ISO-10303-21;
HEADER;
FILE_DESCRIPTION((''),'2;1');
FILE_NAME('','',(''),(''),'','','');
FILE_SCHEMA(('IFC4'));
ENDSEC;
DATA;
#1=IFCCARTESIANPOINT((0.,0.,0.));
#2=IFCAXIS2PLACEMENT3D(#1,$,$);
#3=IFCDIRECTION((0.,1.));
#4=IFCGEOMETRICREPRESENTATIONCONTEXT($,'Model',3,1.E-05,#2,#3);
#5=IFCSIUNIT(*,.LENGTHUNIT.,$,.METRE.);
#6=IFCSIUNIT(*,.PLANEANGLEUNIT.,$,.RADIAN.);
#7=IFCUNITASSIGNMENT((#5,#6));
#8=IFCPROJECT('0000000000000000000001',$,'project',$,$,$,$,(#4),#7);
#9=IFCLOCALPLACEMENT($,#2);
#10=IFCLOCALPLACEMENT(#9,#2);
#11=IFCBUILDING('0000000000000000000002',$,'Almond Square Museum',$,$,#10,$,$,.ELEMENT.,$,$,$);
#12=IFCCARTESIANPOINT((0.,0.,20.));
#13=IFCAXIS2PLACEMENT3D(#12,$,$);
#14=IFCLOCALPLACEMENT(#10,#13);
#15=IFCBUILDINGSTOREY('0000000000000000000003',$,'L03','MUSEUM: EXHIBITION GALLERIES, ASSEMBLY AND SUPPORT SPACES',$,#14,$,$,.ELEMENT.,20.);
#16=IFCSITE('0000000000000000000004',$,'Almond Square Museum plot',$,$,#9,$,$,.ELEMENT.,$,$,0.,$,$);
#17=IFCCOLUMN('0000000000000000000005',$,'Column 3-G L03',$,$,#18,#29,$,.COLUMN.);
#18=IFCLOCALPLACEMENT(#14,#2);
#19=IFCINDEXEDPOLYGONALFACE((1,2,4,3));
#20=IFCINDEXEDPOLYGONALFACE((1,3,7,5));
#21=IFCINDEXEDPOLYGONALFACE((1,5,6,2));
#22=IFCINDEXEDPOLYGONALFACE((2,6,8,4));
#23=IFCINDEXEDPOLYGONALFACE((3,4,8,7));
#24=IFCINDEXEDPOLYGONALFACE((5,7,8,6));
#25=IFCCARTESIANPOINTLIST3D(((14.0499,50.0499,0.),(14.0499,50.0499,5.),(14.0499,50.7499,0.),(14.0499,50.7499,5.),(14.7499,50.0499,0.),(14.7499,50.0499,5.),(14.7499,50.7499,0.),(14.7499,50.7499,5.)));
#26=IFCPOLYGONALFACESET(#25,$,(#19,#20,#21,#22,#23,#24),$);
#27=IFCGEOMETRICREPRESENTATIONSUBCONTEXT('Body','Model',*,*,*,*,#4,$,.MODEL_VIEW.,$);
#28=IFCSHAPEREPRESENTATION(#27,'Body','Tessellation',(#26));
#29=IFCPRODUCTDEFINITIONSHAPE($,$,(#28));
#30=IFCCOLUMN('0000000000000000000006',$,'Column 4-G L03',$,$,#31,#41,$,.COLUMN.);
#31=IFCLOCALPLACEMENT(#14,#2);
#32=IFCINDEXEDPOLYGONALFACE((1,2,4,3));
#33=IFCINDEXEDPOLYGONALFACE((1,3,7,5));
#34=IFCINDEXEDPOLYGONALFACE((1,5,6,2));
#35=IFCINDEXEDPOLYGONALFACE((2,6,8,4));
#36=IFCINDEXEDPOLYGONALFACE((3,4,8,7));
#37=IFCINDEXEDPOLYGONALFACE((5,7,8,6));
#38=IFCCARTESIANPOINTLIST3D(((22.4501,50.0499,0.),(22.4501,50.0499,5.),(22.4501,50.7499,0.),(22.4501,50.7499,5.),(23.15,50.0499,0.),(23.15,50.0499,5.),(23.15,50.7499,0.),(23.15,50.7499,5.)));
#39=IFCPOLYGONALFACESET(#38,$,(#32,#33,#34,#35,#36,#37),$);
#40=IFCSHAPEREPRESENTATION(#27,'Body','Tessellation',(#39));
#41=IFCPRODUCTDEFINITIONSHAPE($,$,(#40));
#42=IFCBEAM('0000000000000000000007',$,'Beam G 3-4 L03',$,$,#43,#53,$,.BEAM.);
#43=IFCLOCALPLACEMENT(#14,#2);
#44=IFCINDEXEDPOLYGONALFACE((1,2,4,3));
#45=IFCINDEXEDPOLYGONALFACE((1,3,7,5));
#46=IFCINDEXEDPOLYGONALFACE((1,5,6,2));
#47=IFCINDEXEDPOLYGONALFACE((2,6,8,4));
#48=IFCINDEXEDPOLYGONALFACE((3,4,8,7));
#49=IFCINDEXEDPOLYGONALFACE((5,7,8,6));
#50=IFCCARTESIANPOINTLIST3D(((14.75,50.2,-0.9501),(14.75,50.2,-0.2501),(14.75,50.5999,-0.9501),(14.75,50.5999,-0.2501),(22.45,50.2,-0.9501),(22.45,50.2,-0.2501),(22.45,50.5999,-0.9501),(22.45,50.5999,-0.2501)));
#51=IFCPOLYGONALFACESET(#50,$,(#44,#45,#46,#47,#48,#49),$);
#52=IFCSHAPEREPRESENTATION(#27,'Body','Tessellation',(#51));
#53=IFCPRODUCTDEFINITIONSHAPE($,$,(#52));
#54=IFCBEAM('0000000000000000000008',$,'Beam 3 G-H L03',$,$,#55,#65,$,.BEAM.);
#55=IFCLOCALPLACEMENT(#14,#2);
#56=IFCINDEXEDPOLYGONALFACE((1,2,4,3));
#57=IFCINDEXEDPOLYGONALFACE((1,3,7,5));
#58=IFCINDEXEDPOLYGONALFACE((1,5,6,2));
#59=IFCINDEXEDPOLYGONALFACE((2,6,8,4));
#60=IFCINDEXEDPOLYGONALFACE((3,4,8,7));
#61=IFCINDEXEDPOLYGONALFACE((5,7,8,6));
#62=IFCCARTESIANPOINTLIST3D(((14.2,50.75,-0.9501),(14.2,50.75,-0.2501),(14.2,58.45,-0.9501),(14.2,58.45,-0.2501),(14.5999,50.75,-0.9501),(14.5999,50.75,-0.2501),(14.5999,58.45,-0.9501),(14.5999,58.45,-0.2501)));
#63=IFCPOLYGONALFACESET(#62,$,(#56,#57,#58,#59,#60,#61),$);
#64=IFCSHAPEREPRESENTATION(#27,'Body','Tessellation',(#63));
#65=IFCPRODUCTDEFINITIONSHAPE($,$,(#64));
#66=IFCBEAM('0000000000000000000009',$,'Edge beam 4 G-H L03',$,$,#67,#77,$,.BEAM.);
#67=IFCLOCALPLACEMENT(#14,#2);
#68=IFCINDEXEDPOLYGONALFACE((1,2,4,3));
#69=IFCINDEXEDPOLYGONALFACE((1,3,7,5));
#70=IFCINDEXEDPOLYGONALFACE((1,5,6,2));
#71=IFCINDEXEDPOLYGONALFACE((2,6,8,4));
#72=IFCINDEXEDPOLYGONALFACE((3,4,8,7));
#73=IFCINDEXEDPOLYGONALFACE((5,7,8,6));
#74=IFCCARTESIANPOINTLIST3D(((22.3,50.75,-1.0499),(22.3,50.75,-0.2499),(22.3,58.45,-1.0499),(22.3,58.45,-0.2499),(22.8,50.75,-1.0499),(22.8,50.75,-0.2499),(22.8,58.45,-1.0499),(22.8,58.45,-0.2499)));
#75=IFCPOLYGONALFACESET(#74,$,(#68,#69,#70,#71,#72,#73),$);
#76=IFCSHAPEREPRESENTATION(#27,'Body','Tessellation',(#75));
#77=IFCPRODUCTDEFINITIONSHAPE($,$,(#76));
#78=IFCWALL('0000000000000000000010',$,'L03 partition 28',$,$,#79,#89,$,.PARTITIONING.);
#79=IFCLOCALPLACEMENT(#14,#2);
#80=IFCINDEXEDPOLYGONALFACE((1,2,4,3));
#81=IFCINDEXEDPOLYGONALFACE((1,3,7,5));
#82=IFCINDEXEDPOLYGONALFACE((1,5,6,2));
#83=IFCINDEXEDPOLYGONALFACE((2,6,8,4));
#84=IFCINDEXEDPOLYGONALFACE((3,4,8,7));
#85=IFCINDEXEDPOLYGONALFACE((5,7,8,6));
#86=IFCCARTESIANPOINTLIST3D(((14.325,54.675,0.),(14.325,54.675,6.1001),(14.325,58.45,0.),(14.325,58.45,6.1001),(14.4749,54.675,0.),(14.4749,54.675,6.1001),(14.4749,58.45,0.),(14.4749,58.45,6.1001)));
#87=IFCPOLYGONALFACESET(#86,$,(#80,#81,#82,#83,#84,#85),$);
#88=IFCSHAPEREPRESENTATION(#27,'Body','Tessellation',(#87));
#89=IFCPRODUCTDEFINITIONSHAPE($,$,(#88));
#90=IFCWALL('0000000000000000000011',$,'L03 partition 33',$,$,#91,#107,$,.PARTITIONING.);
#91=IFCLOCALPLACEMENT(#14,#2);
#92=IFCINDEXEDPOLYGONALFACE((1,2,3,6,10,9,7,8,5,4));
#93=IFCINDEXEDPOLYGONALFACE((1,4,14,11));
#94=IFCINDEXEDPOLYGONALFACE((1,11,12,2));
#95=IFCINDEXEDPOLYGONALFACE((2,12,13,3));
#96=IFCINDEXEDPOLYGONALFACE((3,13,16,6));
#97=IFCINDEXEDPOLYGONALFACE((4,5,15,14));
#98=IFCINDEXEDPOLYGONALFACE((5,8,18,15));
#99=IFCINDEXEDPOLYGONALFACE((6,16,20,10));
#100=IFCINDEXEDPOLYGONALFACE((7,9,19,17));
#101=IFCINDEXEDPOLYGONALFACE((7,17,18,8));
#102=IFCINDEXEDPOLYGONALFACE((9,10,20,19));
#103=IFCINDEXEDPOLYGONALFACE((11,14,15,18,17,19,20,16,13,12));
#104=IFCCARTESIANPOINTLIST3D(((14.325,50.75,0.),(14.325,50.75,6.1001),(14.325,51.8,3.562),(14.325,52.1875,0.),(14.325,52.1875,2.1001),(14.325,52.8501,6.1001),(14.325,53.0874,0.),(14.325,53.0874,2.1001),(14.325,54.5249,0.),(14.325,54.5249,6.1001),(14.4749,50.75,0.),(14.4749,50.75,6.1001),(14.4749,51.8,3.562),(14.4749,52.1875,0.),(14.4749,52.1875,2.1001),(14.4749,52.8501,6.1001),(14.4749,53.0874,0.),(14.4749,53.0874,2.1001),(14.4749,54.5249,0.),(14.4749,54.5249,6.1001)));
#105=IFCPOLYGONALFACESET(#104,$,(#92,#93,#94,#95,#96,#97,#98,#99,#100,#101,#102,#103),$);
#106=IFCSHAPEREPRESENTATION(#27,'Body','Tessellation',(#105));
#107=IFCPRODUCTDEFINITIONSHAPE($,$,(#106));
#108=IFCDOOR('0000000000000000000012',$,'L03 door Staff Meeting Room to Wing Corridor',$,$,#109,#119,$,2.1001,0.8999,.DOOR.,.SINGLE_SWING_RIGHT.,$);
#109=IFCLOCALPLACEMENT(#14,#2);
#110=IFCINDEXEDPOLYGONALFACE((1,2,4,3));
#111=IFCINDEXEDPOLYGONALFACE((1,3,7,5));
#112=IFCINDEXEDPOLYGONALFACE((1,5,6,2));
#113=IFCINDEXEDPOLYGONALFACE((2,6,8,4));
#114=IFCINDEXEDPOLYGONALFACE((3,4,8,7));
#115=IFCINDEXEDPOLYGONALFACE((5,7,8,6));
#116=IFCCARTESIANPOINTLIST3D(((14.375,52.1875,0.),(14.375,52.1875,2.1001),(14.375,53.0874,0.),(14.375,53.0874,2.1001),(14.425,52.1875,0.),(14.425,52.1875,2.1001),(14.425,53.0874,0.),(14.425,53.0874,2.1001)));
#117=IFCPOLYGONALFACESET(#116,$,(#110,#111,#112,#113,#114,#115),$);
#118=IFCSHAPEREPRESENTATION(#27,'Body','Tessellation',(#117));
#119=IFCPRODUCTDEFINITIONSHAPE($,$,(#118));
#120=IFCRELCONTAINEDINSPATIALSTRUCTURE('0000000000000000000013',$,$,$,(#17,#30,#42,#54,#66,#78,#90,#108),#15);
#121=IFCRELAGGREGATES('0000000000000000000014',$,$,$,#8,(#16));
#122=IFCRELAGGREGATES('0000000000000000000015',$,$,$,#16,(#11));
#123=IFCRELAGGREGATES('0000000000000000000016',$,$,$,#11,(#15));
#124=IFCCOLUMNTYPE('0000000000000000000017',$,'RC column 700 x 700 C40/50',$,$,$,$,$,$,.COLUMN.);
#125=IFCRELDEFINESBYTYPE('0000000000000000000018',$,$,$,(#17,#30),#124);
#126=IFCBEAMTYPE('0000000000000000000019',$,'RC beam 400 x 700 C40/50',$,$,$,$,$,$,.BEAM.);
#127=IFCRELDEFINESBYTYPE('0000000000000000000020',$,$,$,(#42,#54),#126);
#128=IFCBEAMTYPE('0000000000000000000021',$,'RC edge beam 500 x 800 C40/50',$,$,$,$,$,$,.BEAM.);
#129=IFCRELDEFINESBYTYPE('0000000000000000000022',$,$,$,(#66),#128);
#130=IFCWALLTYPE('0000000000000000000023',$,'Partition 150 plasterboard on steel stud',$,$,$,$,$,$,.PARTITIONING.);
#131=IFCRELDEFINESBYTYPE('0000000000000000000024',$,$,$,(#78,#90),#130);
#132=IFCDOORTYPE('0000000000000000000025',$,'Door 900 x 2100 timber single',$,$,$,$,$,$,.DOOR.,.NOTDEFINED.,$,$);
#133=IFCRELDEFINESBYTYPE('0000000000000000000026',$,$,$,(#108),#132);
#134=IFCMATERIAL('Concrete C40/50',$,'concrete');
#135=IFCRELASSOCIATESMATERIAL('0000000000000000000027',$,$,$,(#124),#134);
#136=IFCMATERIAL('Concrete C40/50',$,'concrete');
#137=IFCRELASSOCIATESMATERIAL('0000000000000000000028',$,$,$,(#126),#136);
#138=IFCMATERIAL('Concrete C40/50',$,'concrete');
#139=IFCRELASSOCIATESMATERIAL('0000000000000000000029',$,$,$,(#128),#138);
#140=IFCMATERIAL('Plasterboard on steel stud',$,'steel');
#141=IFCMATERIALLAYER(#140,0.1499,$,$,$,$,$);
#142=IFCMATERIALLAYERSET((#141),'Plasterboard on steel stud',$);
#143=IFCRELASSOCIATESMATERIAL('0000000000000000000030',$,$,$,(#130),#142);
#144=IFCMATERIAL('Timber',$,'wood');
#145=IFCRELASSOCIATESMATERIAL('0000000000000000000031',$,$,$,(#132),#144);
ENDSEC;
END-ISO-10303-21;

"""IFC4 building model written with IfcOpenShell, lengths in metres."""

from ifc_helpers import new_model, si_unit, direction, frame, frame_2d, origin, origin_2d, place, context, subcontext, project, spatial, polyline, rectangle, outline, extrude, material, layer, layer_set, material_profile, profile_set, type_object, element, fill, save


model = new_model("IFC4")

# Units and contexts
model_context = context("Model", 3, precision=1e-05, world=origin(), true_north=direction((0.0, 1.0)))
body_context = subcontext(model_context, "Body", "Model", "MODEL_VIEW")
ifc_project = project(units=[si_unit("LENGTHUNIT", "METRE"), si_unit("PLANEANGLEUNIT", "RADIAN")], contexts=[model_context])

# Site, building, storey
site_placement = place(None, origin())
site = spatial("IfcSite", under=ifc_project, at=site_placement, Name="Almond Square Museum plot", CompositionType="ELEMENT", RefElevation=0.0)
building_placement = place(site_placement, origin())
building = spatial("IfcBuilding", under=site, at=building_placement, Name="Almond Square Museum", CompositionType="ELEMENT")
storey_placement = place(building_placement, frame((0.0, 0.0, 20.0)))
storey = spatial("IfcBuildingStorey", under=building, at=storey_placement, Name="L03", Description="MUSEUM: EXHIBITION GALLERIES, ASSEMBLY AND SUPPORT SPACES", CompositionType="ELEMENT", Elevation=20.0)

# Columns
ifc_material_1 = material(Name="Concrete C40/50", Category="concrete")
ifc_material_profile_1 = material_profile(ifc_material_1, rectangle(XDim=0.7, YDim=0.7, at=origin_2d()))
ifc_profile_set_1 = profile_set([ifc_material_profile_1], Name="Concrete C40/50")
column_type = type_object("IfcColumnType", Name="RC column 700 x 700 C40/50", PredefinedType="COLUMN", material=ifc_profile_set_1)
for number, where, z_axis, x_axis, name in (
    (1, (14.3999, 50.3999, 0.0), (0.0, 0.0, 1.0), (1.0, 0.0, 0.0), "Column 3-G L03"),
    (2, (22.8, 50.3999, 0.0), (0.0, 0.0, 1.0), (1.0, 0.0, 0.0), "Column 4-G L03"),
):
    element("IfcColumn", number, at=place(storey_placement, frame(where, z_axis=z_axis, x_axis=x_axis)), inside=storey, type_object=column_type, Name=name, PredefinedType="COLUMN", context=body_context, shape_type="SweptSolid", body=[
        extrude(rectangle(XDim=0.7, YDim=0.7, at=origin_2d()), origin(), (0.0, 0.0, 1.0), 5.0),
    ])

# Beams
ifc_material_2 = material(Name="Concrete C40/50", Category="concrete")
ifc_material_profile_2 = material_profile(ifc_material_2, rectangle(XDim=0.3999, YDim=0.7, at=origin_2d()))
ifc_profile_set_2 = profile_set([ifc_material_profile_2], Name="Concrete C40/50")
beam_type_1 = type_object("IfcBeamType", Name="RC beam 400 x 700 C40/50", PredefinedType="BEAM", material=ifc_profile_set_2)
for number, where, z_axis, x_axis, name in (
    (3, (14.75, 50.3999, -0.6001), (1.0, 0.0, 0.0), (0.0, 1.0, 0.0), "Beam G 3-4 L03"),
    (4, (14.3999, 50.75, -0.6001), (0.0, 1.0, 0.0), (-1.0, 0.0, 0.0), "Beam 3 G-H L03"),
):
    element("IfcBeam", number, at=place(storey_placement, frame(where, z_axis=z_axis, x_axis=x_axis)), inside=storey, type_object=beam_type_1, Name=name, PredefinedType="BEAM", context=body_context, shape_type="SweptSolid", body=[
        extrude(rectangle(XDim=0.3999, YDim=0.7, at=origin_2d()), origin(), (0.0, 0.0, 1.0), 7.7),
    ])
ifc_material_3 = material(Name="Concrete C40/50", Category="concrete")
ifc_material_profile_3 = material_profile(ifc_material_3, rectangle(XDim=0.5, YDim=0.8, at=origin_2d()))
ifc_profile_set_3 = profile_set([ifc_material_profile_3], Name="Concrete C40/50")
beam_type_2 = type_object("IfcBeamType", Name="RC edge beam 500 x 800 C40/50", PredefinedType="BEAM", material=ifc_profile_set_3)
beam_placement = place(storey_placement, frame((22.55, 50.75, -0.6499), z_axis=(0.0, 1.0, 0.0), x_axis=(-1.0, 0.0, 0.0)))
element("IfcBeam", 5, at=beam_placement, inside=storey, type_object=beam_type_2, Name="Edge beam 4 G-H L03", PredefinedType="BEAM", context=body_context, shape_type="SweptSolid", body=[
    extrude(rectangle(XDim=0.5, YDim=0.8, at=origin_2d()), origin(), (0.0, 0.0, 1.0), 7.7),
])

# Wall
ifc_material_4 = material(Name="Plasterboard on steel stud", Category="steel")
ifc_layer_1 = layer(ifc_material_4, 0.1499)
ifc_layer_set_1 = layer_set([ifc_layer_1], Name="Plasterboard on steel stud")
wall_type_1 = type_object("IfcWallType", Name="Partition 150 plasterboard on steel stud", PredefinedType="PARTITIONING", material=ifc_layer_set_1)
wall_1_placement = place(storey_placement, frame((14.3999, 54.675, 0.0), z_axis=(0.0, 0.0, 1.0), x_axis=(0.0, 1.0, 0.0)))
element("IfcWall", 6, at=wall_1_placement, inside=storey, type_object=wall_type_1, Name="L03 partition 28", PredefinedType="PARTITIONING", context=body_context, shape_type="SweptSolid", body=[
    extrude(rectangle(XDim=3.7749, YDim=0.1499, at=frame_2d((1.8875, 0.0))), origin(), (0.0, 0.0, 1.0), 6.1001),
])

# Wall, opening, door
wall_2_placement = place(storey_placement, frame((14.3999, 50.75, 0.0), z_axis=(0.0, 0.0, 1.0), x_axis=(0.0, 1.0, 0.0)))
wall_2 = element("IfcWall", 7, at=wall_2_placement, inside=storey, type_object=wall_type_1, Name="L03 partition 33", PredefinedType="PARTITIONING", context=body_context, shape_type="SweptSolid", body=[
    extrude(outline(polyline([(0.0, 0.0), (3.7749, 0.0), (3.7749, 6.1001), (2.1001, 6.1001), (1.05, 3.562), (0.0, 6.1001), (0.0, 0.0)])), frame((0.0, 0.075, 0.0), z_axis=(0.0, -1.0, 0.0), x_axis=(1.0, 0.0, 0.0)), (0.0, 0.0, 1.0), 0.1499),
])
opening_1_placement = place(wall_2_placement, frame((1.4375, 0.0, 0.0)))
opening_1 = element("IfcOpeningElement", 8, at=opening_1_placement, cuts=wall_2, PredefinedType="OPENING", context=body_context, shape_type="SweptSolid", body=[
    extrude(rectangle(XDim=0.8999, YDim=2.1001, at=frame_2d((0.45, 1.05))), frame((0.0, 0.085, 0.0), z_axis=(0.0, -1.0, 0.0), x_axis=(1.0, 0.0, 0.0)), (0.0, 0.0, 1.0), 0.1699),
])
ifc_material_5 = material(Name="Timber", Category="wood")
door_type = type_object("IfcDoorType", Name="Door 900 x 2100 timber single", OperationType="NOTDEFINED", PredefinedType="DOOR", material=ifc_material_5)
door_placement = place(opening_1_placement, origin())
door = element("IfcDoor", 9, at=door_placement, inside=storey, type_object=door_type, Name="L03 door Staff Meeting Room to Wing Corridor", OperationType="SINGLE_SWING_RIGHT", OverallHeight=2.1001, OverallWidth=0.8999, PredefinedType="DOOR", context=body_context, shape_type="SweptSolid", body=[
    extrude(rectangle(XDim=0.8999, YDim=2.1001, at=frame_2d((0.45, 1.05))), frame((0.0, 0.0249, 0.0), z_axis=(0.0, -1.0, 0.0), x_axis=(1.0, 0.0, 0.0)), (0.0, 0.0, 1.0), 0.05),
])
fill(opening_1, door)

save(model, "model.ifc")
